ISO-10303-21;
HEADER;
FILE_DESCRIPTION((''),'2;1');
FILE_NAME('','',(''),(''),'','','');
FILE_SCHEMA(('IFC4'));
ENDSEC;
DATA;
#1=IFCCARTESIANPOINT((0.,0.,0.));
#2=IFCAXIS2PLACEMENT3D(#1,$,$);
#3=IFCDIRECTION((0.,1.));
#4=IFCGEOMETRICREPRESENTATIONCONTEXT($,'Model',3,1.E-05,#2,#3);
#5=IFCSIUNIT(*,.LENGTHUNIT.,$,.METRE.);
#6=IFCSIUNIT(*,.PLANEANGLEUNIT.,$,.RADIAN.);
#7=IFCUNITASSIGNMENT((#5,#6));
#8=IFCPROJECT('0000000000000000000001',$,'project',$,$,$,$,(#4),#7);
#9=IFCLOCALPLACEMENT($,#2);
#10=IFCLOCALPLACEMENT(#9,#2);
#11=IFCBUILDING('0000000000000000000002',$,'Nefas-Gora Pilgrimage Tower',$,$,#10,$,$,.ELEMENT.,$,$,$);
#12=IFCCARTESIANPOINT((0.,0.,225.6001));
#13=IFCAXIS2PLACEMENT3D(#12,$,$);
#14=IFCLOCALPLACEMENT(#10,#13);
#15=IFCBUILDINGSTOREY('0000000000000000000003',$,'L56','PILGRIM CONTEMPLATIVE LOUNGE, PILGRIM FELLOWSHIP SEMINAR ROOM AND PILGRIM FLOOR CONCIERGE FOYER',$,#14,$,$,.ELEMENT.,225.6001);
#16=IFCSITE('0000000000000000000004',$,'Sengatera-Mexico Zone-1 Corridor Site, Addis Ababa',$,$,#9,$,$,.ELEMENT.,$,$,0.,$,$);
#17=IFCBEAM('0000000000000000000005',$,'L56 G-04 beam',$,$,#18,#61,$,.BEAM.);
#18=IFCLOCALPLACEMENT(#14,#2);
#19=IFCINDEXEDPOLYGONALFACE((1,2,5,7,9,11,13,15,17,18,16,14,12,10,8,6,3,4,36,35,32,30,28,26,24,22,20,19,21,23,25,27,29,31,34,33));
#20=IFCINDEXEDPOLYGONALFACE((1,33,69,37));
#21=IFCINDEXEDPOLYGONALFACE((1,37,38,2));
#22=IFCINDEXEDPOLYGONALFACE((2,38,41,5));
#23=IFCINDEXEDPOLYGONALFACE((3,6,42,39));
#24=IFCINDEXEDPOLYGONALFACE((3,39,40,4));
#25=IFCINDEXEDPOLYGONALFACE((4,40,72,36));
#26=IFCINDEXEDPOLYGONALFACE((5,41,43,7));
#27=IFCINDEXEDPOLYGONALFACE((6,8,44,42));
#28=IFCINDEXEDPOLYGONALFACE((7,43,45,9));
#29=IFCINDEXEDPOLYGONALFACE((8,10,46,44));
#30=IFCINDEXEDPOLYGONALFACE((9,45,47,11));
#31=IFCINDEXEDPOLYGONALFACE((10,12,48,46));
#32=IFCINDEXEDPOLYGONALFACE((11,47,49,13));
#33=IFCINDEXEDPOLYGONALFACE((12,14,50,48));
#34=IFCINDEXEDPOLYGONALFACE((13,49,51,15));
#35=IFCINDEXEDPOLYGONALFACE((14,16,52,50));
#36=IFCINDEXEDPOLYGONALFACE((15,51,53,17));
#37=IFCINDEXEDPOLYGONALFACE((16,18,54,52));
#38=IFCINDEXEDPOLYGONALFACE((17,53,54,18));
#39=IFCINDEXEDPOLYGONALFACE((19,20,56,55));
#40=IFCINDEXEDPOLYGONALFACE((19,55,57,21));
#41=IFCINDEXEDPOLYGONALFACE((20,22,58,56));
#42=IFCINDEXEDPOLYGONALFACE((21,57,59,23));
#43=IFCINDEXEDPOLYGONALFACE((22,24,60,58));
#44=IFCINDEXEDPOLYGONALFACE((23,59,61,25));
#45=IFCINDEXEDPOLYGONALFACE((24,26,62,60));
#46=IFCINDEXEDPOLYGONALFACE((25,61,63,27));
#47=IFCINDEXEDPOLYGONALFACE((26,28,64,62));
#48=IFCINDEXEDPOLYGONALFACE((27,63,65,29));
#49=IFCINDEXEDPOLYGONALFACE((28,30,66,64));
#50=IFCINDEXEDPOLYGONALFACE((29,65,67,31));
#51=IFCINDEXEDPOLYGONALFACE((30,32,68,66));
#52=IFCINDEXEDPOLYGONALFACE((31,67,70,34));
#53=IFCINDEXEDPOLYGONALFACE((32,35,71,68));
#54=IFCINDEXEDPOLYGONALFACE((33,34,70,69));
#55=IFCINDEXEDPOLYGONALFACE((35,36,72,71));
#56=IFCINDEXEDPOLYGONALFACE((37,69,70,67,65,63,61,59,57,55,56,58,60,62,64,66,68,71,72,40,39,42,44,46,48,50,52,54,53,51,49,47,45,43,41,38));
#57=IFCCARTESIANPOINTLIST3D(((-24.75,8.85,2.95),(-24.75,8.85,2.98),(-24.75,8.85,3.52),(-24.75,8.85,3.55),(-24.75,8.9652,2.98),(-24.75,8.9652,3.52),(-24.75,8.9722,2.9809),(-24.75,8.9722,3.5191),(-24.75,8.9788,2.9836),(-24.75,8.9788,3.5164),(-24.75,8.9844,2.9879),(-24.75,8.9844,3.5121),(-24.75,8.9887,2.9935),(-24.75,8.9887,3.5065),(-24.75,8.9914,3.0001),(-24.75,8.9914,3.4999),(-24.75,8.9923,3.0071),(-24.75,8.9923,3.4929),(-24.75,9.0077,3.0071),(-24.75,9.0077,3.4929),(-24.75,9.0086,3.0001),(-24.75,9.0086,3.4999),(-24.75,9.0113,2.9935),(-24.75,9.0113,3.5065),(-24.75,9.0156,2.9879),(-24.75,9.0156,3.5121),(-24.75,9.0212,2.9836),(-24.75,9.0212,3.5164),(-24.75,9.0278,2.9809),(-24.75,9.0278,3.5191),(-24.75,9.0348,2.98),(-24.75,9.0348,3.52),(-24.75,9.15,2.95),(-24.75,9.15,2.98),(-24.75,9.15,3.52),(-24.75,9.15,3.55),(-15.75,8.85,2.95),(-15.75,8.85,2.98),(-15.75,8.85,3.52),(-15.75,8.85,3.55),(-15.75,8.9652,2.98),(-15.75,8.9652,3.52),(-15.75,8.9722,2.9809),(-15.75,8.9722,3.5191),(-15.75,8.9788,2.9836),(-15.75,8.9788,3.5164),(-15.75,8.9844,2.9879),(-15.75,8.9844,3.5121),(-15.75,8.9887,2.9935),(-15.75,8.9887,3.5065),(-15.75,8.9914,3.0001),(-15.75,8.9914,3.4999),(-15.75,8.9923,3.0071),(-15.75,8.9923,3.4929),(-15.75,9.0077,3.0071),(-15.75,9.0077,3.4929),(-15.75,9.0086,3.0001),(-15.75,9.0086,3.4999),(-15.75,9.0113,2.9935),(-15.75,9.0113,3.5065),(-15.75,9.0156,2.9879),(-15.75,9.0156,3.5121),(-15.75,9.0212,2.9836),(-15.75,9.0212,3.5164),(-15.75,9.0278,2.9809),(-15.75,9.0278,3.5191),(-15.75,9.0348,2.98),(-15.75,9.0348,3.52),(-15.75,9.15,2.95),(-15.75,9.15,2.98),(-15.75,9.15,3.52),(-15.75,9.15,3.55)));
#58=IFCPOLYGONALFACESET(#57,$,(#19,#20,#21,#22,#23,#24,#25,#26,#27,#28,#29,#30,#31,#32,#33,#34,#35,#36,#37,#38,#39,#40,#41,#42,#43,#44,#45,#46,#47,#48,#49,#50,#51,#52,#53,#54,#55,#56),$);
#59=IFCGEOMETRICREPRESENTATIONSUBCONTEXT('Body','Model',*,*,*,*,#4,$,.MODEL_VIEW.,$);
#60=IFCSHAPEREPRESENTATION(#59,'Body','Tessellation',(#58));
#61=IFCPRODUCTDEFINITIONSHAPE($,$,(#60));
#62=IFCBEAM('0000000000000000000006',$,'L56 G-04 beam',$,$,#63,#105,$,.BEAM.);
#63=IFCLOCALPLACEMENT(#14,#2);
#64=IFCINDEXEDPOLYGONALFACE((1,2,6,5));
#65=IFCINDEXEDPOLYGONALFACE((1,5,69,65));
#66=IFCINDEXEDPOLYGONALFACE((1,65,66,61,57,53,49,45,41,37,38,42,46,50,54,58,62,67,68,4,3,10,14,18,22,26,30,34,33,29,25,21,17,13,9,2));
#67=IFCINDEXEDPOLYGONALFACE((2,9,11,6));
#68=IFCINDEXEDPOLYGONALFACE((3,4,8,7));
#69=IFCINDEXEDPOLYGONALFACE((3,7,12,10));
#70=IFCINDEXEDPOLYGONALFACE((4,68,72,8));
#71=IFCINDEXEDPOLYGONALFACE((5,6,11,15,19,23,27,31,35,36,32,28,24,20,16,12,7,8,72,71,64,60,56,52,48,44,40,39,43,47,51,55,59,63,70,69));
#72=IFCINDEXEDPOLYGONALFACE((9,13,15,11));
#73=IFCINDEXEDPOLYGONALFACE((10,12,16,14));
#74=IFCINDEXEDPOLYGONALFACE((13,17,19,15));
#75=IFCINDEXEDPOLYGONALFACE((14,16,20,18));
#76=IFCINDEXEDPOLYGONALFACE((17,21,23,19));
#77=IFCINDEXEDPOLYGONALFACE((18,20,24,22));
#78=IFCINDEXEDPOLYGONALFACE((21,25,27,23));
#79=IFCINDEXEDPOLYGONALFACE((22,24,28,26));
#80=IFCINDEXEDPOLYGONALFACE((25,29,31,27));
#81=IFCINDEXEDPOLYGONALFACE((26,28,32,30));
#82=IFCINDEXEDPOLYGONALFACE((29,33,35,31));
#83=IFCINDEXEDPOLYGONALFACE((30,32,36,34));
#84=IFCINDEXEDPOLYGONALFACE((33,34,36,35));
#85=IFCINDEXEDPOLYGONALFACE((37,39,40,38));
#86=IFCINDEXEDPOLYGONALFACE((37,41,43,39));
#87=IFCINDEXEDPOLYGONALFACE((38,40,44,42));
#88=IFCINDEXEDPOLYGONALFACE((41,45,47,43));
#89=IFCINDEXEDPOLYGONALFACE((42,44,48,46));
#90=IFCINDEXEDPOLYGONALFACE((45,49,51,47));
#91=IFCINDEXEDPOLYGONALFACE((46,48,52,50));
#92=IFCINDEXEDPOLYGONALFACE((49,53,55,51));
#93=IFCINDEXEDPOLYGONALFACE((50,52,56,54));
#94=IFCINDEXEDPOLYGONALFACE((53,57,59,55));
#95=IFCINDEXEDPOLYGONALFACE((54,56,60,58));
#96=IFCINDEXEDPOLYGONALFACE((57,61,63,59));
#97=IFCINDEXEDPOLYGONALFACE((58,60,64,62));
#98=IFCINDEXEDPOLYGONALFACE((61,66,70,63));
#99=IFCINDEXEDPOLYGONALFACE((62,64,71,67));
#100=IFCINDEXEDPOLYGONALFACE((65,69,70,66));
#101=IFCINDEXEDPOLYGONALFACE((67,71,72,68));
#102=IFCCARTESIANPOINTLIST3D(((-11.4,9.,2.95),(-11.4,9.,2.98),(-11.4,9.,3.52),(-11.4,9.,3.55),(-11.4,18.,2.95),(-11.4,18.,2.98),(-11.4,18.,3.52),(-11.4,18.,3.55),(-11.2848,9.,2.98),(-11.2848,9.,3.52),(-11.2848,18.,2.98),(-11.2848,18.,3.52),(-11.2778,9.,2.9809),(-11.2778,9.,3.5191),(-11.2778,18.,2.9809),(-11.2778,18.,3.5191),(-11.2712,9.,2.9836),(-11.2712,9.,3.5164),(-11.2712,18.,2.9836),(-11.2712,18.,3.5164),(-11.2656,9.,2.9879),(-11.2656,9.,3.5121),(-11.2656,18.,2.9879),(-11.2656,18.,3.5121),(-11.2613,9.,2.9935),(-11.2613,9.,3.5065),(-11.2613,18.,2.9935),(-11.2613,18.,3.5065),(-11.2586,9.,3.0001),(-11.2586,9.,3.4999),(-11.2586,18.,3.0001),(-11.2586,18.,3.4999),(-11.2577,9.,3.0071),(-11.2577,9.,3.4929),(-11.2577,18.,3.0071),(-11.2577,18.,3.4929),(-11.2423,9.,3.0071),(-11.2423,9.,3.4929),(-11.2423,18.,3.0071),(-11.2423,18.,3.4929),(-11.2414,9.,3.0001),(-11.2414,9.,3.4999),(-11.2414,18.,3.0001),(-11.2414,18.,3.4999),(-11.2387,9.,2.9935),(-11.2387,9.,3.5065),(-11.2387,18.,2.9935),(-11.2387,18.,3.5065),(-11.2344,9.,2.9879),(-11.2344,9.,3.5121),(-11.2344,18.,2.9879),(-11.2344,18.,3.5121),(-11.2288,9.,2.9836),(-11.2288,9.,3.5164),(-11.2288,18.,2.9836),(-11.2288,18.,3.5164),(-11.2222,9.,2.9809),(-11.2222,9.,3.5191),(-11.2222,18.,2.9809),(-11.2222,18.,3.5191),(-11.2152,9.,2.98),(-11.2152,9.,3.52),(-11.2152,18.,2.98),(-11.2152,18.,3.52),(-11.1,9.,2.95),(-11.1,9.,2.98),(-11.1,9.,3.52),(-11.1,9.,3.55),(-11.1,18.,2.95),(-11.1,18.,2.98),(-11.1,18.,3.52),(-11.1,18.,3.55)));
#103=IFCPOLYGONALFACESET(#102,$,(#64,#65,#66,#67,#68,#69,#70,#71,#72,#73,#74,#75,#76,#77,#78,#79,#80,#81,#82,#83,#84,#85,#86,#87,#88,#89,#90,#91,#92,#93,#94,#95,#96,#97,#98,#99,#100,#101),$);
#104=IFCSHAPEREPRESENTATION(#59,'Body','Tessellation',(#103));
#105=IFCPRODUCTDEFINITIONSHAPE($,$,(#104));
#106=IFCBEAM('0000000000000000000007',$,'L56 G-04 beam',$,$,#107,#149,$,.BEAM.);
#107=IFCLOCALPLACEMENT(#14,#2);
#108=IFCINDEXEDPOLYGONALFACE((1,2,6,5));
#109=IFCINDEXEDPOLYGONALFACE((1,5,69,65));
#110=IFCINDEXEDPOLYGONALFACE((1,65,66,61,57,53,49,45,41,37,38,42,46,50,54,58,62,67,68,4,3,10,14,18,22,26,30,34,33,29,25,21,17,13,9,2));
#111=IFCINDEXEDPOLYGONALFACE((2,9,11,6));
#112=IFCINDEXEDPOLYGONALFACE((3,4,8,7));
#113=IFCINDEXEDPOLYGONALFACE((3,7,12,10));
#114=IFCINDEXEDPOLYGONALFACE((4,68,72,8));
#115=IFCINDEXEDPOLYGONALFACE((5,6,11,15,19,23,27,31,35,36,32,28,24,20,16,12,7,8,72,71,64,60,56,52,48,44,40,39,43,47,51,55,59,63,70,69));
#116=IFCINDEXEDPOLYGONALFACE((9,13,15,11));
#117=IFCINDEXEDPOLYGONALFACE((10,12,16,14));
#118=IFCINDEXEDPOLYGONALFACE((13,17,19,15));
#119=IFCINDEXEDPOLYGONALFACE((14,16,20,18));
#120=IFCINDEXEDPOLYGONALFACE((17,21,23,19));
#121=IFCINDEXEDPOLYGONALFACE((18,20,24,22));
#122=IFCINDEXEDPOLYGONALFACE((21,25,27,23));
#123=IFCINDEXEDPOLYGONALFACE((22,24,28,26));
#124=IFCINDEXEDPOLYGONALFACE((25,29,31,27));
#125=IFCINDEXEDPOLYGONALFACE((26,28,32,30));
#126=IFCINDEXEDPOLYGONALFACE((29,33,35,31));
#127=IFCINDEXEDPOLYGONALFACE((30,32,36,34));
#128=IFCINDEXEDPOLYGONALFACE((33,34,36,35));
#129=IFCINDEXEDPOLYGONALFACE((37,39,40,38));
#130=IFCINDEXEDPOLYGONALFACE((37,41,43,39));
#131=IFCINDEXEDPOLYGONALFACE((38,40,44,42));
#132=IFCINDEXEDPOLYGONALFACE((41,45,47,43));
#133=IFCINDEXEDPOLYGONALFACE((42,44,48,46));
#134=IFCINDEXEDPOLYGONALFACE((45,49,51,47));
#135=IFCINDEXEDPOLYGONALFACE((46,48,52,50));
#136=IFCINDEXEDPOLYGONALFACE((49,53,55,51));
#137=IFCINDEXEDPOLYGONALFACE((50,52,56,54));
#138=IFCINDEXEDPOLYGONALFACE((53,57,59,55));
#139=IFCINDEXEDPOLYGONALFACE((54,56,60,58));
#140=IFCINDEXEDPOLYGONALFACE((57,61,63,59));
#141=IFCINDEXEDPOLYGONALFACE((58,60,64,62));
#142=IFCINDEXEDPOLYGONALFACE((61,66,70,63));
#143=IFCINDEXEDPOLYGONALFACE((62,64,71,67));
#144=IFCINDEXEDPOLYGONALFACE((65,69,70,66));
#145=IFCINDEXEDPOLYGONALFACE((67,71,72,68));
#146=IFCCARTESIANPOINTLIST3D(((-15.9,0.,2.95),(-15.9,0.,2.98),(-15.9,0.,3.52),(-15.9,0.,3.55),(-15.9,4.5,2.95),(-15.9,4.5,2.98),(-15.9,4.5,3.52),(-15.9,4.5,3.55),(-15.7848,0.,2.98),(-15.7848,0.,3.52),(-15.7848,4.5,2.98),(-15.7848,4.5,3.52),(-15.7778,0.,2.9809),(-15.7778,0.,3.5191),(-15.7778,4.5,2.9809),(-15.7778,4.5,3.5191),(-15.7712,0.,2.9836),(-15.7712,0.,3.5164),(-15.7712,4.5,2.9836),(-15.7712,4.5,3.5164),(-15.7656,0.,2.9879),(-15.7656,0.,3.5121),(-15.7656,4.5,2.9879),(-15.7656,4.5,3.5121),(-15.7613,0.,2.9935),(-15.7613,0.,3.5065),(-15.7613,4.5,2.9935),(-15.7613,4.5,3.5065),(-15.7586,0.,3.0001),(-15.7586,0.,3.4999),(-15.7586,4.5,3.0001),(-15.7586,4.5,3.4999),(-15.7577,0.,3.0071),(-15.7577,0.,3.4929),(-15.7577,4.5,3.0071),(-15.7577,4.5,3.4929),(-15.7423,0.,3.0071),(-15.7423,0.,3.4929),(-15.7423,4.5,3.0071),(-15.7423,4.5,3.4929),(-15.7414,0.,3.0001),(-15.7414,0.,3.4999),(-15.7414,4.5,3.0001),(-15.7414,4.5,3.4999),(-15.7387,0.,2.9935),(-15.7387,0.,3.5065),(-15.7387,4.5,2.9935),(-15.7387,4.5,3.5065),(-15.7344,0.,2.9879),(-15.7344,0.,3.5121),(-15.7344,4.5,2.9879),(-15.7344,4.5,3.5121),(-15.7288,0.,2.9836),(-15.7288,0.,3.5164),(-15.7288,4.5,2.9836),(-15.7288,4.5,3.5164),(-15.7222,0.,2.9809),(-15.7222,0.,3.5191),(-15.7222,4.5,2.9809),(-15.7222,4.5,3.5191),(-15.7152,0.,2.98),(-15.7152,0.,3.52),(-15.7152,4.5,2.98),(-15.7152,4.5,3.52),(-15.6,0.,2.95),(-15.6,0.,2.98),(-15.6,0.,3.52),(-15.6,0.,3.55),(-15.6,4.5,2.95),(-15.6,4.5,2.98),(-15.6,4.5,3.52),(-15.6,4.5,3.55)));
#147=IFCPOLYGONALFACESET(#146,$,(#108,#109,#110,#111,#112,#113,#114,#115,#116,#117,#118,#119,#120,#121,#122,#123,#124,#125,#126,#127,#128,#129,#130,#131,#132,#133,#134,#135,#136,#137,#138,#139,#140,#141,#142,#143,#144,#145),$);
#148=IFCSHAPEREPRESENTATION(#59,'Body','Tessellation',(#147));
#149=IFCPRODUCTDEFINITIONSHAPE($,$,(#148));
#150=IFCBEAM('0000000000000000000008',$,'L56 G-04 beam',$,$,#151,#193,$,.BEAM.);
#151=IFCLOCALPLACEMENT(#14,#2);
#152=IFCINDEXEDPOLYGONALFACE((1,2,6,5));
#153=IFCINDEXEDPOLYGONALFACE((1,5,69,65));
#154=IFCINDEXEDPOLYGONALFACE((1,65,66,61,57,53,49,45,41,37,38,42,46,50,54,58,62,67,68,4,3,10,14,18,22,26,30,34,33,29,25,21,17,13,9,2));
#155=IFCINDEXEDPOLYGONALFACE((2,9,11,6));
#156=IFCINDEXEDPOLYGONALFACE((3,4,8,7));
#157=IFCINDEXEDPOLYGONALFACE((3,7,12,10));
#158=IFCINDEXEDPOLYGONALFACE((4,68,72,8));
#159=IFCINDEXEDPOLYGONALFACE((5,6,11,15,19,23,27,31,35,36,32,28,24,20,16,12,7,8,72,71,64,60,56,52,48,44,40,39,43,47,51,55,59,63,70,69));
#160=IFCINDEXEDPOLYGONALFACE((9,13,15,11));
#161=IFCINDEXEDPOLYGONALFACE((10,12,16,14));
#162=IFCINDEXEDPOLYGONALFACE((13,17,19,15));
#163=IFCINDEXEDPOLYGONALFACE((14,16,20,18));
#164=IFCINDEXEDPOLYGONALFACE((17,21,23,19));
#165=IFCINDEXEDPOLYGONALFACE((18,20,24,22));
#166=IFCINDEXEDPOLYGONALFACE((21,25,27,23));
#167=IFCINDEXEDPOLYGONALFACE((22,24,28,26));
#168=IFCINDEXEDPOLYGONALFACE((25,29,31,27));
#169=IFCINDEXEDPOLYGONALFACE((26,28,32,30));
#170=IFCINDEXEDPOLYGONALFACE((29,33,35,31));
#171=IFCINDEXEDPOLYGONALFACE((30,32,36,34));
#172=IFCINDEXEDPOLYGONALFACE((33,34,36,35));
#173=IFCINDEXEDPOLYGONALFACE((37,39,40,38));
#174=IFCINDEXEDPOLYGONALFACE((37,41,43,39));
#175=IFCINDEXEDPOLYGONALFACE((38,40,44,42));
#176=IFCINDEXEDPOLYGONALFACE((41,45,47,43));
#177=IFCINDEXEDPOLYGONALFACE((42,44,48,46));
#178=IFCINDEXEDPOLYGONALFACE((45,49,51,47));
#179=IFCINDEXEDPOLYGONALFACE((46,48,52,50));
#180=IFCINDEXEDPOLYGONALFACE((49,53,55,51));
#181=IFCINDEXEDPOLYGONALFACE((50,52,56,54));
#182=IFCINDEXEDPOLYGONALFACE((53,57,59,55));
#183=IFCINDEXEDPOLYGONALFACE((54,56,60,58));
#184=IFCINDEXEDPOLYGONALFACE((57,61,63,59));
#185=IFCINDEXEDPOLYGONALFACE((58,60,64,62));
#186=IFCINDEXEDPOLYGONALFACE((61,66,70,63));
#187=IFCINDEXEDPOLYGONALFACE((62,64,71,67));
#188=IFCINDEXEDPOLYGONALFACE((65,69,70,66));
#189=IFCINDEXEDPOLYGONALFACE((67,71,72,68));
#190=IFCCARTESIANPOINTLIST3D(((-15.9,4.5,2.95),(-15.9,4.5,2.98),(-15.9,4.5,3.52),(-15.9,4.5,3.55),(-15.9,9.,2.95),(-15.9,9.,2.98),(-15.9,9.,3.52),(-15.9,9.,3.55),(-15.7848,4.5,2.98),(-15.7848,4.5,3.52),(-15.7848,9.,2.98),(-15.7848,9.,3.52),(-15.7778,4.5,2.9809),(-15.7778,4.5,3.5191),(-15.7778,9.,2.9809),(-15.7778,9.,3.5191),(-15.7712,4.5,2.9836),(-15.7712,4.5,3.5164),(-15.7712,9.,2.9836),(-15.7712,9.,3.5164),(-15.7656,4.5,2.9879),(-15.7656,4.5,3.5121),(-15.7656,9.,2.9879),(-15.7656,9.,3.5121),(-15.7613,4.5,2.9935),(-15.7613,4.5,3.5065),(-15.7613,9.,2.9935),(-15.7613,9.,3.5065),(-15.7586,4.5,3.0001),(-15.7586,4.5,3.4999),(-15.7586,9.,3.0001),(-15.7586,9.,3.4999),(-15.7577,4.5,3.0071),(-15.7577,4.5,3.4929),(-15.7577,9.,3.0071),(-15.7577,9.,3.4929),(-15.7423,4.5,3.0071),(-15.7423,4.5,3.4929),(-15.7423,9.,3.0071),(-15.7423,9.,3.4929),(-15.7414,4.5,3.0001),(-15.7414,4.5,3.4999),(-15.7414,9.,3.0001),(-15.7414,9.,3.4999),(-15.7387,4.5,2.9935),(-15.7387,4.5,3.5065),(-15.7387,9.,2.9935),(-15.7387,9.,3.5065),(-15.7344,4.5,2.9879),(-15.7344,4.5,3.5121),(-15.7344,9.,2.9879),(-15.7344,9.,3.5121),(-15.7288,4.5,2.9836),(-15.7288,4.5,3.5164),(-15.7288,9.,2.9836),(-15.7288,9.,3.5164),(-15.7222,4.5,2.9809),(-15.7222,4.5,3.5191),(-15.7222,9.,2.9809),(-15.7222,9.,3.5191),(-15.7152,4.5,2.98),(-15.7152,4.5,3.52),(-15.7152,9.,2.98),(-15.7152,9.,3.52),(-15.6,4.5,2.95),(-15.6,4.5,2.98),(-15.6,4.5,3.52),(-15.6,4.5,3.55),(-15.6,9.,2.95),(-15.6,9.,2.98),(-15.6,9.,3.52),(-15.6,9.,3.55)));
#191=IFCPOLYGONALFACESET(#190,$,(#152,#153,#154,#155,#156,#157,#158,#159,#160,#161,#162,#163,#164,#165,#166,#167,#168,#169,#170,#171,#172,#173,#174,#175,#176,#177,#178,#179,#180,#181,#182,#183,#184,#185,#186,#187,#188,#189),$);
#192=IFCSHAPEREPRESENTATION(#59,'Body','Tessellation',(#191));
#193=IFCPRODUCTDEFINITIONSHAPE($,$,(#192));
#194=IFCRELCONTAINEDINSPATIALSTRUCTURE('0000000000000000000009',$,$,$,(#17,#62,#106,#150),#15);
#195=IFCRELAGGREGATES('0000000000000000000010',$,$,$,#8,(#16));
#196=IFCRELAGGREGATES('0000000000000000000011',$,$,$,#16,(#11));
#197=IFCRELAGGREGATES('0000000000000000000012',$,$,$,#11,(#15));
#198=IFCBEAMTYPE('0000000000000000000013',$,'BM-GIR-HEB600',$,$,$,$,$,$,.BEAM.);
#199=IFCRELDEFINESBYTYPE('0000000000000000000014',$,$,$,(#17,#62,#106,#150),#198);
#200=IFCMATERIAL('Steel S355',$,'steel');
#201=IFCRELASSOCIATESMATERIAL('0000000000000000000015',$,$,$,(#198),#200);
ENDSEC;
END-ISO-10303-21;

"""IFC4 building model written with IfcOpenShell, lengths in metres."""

from ifc_helpers import new_model, si_unit, direction, frame, origin, origin_2d, place, context, subcontext, project, spatial, i_section, extrude, source, transform, mapped, material, material_profile, profile_set, type_object, element, save


model = new_model("IFC4")

# Units and contexts
model_context = context("Model", 3, precision=1e-05, world=origin(), true_north=direction((0.0, 1.0)))
body_context = subcontext(model_context, "Body", "Model", "MODEL_VIEW")
ifc_project = project(units=[si_unit("LENGTHUNIT", "METRE"), si_unit("PLANEANGLEUNIT", "RADIAN")], contexts=[model_context])

# Site, building, storey
site_placement = place(None, origin())
site = spatial("IfcSite", under=ifc_project, at=site_placement, Name="Sengatera-Mexico Zone-1 Corridor Site, Addis Ababa", CompositionType="ELEMENT", RefElevation=0.0)
building_placement = place(site_placement, origin())
building = spatial("IfcBuilding", under=site, at=building_placement, Name="Nefas-Gora Pilgrimage Tower", CompositionType="ELEMENT")
storey_placement = place(building_placement, frame((0.0, 0.0, 225.6001)))
storey = spatial("IfcBuildingStorey", under=building, at=storey_placement, Name="L56", Description="PILGRIM CONTEMPLATIVE LOUNGE, PILGRIM FELLOWSHIP SEMINAR ROOM AND PILGRIM FLOOR CONCIERGE FOYER", CompositionType="ELEMENT", Elevation=225.6001)

# Beams
ifc_material_1 = material(Name="Steel S355", Category="steel")
ifc_material_profile_1 = material_profile(ifc_material_1, i_section(OverallWidth=0.3, OverallDepth=0.6001, WebThickness=0.0154, FlangeThickness=0.03, FilletRadius=0.0271, at=origin_2d()), Name="HEB 600")
ifc_profile_set_1 = profile_set([ifc_material_profile_1], Name="Steel S355")
beam_type_1 = type_object("IfcBeamType", Name="BM-GIR-HEB600", PredefinedType="BEAM", material=ifc_profile_set_1)
shared_shape_1 = source(origin(), body_context, "Body", "SweptSolid", [
    extrude(i_section(OverallWidth=0.3, OverallDepth=0.6001, WebThickness=0.0154, FlangeThickness=0.03, FilletRadius=0.0271, at=origin_2d()), origin(), (0.0, 0.0, 1.0), 9.0),
])
for number, where, z_axis, x_axis, name in (
    (1, (-24.75, 9.0, 3.25), (1.0, 0.0, 0.0), (0.0, 1.0, 0.0), "L56 G-04 beam"),
    (2, (-11.25, 9.0, 3.25), (0.0, 1.0, 0.0), (-1.0, 0.0, 0.0), "L56 G-04 beam"),
):
    element("IfcBeam", number, at=place(storey_placement, frame(where, z_axis=z_axis, x_axis=x_axis)), inside=storey, type_object=beam_type_1, Name=name, PredefinedType="BEAM", context=body_context, shape_type="MappedRepresentation", body=[
        mapped(shared_shape_1, transform((0.0, 0.0, 0.0), x_axis=(1.0, 0.0, 0.0), y_axis=(0.0, 1.0, 0.0), z_axis=(0.0, 0.0, 1.0), scale=1.0)),
    ])
shared_shape_2 = source(origin(), body_context, "Body", "SweptSolid", [
    extrude(i_section(OverallWidth=0.3, OverallDepth=0.6001, WebThickness=0.0154, FlangeThickness=0.03, FilletRadius=0.0271, at=origin_2d()), origin(), (0.0, 0.0, 1.0), 4.5),
])
for number, where, z_axis, x_axis, name in (
    (3, (-15.75, 0.0, 3.25), (0.0, 1.0, 0.0), (-1.0, 0.0, 0.0), "L56 G-04 beam"),
    (4, (-15.75, 4.5, 3.25), (0.0, 1.0, 0.0), (-1.0, 0.0, 0.0), "L56 G-04 beam"),
):
    element("IfcBeam", number, at=place(storey_placement, frame(where, z_axis=z_axis, x_axis=x_axis)), inside=storey, type_object=beam_type_1, Name=name, PredefinedType="BEAM", context=body_context, shape_type="MappedRepresentation", body=[
        mapped(shared_shape_2, transform((0.0, 0.0, 0.0), x_axis=(1.0, 0.0, 0.0), y_axis=(0.0, 1.0, 0.0), z_axis=(0.0, 0.0, 1.0), scale=1.0)),
    ])

save(model, "model.ifc")
